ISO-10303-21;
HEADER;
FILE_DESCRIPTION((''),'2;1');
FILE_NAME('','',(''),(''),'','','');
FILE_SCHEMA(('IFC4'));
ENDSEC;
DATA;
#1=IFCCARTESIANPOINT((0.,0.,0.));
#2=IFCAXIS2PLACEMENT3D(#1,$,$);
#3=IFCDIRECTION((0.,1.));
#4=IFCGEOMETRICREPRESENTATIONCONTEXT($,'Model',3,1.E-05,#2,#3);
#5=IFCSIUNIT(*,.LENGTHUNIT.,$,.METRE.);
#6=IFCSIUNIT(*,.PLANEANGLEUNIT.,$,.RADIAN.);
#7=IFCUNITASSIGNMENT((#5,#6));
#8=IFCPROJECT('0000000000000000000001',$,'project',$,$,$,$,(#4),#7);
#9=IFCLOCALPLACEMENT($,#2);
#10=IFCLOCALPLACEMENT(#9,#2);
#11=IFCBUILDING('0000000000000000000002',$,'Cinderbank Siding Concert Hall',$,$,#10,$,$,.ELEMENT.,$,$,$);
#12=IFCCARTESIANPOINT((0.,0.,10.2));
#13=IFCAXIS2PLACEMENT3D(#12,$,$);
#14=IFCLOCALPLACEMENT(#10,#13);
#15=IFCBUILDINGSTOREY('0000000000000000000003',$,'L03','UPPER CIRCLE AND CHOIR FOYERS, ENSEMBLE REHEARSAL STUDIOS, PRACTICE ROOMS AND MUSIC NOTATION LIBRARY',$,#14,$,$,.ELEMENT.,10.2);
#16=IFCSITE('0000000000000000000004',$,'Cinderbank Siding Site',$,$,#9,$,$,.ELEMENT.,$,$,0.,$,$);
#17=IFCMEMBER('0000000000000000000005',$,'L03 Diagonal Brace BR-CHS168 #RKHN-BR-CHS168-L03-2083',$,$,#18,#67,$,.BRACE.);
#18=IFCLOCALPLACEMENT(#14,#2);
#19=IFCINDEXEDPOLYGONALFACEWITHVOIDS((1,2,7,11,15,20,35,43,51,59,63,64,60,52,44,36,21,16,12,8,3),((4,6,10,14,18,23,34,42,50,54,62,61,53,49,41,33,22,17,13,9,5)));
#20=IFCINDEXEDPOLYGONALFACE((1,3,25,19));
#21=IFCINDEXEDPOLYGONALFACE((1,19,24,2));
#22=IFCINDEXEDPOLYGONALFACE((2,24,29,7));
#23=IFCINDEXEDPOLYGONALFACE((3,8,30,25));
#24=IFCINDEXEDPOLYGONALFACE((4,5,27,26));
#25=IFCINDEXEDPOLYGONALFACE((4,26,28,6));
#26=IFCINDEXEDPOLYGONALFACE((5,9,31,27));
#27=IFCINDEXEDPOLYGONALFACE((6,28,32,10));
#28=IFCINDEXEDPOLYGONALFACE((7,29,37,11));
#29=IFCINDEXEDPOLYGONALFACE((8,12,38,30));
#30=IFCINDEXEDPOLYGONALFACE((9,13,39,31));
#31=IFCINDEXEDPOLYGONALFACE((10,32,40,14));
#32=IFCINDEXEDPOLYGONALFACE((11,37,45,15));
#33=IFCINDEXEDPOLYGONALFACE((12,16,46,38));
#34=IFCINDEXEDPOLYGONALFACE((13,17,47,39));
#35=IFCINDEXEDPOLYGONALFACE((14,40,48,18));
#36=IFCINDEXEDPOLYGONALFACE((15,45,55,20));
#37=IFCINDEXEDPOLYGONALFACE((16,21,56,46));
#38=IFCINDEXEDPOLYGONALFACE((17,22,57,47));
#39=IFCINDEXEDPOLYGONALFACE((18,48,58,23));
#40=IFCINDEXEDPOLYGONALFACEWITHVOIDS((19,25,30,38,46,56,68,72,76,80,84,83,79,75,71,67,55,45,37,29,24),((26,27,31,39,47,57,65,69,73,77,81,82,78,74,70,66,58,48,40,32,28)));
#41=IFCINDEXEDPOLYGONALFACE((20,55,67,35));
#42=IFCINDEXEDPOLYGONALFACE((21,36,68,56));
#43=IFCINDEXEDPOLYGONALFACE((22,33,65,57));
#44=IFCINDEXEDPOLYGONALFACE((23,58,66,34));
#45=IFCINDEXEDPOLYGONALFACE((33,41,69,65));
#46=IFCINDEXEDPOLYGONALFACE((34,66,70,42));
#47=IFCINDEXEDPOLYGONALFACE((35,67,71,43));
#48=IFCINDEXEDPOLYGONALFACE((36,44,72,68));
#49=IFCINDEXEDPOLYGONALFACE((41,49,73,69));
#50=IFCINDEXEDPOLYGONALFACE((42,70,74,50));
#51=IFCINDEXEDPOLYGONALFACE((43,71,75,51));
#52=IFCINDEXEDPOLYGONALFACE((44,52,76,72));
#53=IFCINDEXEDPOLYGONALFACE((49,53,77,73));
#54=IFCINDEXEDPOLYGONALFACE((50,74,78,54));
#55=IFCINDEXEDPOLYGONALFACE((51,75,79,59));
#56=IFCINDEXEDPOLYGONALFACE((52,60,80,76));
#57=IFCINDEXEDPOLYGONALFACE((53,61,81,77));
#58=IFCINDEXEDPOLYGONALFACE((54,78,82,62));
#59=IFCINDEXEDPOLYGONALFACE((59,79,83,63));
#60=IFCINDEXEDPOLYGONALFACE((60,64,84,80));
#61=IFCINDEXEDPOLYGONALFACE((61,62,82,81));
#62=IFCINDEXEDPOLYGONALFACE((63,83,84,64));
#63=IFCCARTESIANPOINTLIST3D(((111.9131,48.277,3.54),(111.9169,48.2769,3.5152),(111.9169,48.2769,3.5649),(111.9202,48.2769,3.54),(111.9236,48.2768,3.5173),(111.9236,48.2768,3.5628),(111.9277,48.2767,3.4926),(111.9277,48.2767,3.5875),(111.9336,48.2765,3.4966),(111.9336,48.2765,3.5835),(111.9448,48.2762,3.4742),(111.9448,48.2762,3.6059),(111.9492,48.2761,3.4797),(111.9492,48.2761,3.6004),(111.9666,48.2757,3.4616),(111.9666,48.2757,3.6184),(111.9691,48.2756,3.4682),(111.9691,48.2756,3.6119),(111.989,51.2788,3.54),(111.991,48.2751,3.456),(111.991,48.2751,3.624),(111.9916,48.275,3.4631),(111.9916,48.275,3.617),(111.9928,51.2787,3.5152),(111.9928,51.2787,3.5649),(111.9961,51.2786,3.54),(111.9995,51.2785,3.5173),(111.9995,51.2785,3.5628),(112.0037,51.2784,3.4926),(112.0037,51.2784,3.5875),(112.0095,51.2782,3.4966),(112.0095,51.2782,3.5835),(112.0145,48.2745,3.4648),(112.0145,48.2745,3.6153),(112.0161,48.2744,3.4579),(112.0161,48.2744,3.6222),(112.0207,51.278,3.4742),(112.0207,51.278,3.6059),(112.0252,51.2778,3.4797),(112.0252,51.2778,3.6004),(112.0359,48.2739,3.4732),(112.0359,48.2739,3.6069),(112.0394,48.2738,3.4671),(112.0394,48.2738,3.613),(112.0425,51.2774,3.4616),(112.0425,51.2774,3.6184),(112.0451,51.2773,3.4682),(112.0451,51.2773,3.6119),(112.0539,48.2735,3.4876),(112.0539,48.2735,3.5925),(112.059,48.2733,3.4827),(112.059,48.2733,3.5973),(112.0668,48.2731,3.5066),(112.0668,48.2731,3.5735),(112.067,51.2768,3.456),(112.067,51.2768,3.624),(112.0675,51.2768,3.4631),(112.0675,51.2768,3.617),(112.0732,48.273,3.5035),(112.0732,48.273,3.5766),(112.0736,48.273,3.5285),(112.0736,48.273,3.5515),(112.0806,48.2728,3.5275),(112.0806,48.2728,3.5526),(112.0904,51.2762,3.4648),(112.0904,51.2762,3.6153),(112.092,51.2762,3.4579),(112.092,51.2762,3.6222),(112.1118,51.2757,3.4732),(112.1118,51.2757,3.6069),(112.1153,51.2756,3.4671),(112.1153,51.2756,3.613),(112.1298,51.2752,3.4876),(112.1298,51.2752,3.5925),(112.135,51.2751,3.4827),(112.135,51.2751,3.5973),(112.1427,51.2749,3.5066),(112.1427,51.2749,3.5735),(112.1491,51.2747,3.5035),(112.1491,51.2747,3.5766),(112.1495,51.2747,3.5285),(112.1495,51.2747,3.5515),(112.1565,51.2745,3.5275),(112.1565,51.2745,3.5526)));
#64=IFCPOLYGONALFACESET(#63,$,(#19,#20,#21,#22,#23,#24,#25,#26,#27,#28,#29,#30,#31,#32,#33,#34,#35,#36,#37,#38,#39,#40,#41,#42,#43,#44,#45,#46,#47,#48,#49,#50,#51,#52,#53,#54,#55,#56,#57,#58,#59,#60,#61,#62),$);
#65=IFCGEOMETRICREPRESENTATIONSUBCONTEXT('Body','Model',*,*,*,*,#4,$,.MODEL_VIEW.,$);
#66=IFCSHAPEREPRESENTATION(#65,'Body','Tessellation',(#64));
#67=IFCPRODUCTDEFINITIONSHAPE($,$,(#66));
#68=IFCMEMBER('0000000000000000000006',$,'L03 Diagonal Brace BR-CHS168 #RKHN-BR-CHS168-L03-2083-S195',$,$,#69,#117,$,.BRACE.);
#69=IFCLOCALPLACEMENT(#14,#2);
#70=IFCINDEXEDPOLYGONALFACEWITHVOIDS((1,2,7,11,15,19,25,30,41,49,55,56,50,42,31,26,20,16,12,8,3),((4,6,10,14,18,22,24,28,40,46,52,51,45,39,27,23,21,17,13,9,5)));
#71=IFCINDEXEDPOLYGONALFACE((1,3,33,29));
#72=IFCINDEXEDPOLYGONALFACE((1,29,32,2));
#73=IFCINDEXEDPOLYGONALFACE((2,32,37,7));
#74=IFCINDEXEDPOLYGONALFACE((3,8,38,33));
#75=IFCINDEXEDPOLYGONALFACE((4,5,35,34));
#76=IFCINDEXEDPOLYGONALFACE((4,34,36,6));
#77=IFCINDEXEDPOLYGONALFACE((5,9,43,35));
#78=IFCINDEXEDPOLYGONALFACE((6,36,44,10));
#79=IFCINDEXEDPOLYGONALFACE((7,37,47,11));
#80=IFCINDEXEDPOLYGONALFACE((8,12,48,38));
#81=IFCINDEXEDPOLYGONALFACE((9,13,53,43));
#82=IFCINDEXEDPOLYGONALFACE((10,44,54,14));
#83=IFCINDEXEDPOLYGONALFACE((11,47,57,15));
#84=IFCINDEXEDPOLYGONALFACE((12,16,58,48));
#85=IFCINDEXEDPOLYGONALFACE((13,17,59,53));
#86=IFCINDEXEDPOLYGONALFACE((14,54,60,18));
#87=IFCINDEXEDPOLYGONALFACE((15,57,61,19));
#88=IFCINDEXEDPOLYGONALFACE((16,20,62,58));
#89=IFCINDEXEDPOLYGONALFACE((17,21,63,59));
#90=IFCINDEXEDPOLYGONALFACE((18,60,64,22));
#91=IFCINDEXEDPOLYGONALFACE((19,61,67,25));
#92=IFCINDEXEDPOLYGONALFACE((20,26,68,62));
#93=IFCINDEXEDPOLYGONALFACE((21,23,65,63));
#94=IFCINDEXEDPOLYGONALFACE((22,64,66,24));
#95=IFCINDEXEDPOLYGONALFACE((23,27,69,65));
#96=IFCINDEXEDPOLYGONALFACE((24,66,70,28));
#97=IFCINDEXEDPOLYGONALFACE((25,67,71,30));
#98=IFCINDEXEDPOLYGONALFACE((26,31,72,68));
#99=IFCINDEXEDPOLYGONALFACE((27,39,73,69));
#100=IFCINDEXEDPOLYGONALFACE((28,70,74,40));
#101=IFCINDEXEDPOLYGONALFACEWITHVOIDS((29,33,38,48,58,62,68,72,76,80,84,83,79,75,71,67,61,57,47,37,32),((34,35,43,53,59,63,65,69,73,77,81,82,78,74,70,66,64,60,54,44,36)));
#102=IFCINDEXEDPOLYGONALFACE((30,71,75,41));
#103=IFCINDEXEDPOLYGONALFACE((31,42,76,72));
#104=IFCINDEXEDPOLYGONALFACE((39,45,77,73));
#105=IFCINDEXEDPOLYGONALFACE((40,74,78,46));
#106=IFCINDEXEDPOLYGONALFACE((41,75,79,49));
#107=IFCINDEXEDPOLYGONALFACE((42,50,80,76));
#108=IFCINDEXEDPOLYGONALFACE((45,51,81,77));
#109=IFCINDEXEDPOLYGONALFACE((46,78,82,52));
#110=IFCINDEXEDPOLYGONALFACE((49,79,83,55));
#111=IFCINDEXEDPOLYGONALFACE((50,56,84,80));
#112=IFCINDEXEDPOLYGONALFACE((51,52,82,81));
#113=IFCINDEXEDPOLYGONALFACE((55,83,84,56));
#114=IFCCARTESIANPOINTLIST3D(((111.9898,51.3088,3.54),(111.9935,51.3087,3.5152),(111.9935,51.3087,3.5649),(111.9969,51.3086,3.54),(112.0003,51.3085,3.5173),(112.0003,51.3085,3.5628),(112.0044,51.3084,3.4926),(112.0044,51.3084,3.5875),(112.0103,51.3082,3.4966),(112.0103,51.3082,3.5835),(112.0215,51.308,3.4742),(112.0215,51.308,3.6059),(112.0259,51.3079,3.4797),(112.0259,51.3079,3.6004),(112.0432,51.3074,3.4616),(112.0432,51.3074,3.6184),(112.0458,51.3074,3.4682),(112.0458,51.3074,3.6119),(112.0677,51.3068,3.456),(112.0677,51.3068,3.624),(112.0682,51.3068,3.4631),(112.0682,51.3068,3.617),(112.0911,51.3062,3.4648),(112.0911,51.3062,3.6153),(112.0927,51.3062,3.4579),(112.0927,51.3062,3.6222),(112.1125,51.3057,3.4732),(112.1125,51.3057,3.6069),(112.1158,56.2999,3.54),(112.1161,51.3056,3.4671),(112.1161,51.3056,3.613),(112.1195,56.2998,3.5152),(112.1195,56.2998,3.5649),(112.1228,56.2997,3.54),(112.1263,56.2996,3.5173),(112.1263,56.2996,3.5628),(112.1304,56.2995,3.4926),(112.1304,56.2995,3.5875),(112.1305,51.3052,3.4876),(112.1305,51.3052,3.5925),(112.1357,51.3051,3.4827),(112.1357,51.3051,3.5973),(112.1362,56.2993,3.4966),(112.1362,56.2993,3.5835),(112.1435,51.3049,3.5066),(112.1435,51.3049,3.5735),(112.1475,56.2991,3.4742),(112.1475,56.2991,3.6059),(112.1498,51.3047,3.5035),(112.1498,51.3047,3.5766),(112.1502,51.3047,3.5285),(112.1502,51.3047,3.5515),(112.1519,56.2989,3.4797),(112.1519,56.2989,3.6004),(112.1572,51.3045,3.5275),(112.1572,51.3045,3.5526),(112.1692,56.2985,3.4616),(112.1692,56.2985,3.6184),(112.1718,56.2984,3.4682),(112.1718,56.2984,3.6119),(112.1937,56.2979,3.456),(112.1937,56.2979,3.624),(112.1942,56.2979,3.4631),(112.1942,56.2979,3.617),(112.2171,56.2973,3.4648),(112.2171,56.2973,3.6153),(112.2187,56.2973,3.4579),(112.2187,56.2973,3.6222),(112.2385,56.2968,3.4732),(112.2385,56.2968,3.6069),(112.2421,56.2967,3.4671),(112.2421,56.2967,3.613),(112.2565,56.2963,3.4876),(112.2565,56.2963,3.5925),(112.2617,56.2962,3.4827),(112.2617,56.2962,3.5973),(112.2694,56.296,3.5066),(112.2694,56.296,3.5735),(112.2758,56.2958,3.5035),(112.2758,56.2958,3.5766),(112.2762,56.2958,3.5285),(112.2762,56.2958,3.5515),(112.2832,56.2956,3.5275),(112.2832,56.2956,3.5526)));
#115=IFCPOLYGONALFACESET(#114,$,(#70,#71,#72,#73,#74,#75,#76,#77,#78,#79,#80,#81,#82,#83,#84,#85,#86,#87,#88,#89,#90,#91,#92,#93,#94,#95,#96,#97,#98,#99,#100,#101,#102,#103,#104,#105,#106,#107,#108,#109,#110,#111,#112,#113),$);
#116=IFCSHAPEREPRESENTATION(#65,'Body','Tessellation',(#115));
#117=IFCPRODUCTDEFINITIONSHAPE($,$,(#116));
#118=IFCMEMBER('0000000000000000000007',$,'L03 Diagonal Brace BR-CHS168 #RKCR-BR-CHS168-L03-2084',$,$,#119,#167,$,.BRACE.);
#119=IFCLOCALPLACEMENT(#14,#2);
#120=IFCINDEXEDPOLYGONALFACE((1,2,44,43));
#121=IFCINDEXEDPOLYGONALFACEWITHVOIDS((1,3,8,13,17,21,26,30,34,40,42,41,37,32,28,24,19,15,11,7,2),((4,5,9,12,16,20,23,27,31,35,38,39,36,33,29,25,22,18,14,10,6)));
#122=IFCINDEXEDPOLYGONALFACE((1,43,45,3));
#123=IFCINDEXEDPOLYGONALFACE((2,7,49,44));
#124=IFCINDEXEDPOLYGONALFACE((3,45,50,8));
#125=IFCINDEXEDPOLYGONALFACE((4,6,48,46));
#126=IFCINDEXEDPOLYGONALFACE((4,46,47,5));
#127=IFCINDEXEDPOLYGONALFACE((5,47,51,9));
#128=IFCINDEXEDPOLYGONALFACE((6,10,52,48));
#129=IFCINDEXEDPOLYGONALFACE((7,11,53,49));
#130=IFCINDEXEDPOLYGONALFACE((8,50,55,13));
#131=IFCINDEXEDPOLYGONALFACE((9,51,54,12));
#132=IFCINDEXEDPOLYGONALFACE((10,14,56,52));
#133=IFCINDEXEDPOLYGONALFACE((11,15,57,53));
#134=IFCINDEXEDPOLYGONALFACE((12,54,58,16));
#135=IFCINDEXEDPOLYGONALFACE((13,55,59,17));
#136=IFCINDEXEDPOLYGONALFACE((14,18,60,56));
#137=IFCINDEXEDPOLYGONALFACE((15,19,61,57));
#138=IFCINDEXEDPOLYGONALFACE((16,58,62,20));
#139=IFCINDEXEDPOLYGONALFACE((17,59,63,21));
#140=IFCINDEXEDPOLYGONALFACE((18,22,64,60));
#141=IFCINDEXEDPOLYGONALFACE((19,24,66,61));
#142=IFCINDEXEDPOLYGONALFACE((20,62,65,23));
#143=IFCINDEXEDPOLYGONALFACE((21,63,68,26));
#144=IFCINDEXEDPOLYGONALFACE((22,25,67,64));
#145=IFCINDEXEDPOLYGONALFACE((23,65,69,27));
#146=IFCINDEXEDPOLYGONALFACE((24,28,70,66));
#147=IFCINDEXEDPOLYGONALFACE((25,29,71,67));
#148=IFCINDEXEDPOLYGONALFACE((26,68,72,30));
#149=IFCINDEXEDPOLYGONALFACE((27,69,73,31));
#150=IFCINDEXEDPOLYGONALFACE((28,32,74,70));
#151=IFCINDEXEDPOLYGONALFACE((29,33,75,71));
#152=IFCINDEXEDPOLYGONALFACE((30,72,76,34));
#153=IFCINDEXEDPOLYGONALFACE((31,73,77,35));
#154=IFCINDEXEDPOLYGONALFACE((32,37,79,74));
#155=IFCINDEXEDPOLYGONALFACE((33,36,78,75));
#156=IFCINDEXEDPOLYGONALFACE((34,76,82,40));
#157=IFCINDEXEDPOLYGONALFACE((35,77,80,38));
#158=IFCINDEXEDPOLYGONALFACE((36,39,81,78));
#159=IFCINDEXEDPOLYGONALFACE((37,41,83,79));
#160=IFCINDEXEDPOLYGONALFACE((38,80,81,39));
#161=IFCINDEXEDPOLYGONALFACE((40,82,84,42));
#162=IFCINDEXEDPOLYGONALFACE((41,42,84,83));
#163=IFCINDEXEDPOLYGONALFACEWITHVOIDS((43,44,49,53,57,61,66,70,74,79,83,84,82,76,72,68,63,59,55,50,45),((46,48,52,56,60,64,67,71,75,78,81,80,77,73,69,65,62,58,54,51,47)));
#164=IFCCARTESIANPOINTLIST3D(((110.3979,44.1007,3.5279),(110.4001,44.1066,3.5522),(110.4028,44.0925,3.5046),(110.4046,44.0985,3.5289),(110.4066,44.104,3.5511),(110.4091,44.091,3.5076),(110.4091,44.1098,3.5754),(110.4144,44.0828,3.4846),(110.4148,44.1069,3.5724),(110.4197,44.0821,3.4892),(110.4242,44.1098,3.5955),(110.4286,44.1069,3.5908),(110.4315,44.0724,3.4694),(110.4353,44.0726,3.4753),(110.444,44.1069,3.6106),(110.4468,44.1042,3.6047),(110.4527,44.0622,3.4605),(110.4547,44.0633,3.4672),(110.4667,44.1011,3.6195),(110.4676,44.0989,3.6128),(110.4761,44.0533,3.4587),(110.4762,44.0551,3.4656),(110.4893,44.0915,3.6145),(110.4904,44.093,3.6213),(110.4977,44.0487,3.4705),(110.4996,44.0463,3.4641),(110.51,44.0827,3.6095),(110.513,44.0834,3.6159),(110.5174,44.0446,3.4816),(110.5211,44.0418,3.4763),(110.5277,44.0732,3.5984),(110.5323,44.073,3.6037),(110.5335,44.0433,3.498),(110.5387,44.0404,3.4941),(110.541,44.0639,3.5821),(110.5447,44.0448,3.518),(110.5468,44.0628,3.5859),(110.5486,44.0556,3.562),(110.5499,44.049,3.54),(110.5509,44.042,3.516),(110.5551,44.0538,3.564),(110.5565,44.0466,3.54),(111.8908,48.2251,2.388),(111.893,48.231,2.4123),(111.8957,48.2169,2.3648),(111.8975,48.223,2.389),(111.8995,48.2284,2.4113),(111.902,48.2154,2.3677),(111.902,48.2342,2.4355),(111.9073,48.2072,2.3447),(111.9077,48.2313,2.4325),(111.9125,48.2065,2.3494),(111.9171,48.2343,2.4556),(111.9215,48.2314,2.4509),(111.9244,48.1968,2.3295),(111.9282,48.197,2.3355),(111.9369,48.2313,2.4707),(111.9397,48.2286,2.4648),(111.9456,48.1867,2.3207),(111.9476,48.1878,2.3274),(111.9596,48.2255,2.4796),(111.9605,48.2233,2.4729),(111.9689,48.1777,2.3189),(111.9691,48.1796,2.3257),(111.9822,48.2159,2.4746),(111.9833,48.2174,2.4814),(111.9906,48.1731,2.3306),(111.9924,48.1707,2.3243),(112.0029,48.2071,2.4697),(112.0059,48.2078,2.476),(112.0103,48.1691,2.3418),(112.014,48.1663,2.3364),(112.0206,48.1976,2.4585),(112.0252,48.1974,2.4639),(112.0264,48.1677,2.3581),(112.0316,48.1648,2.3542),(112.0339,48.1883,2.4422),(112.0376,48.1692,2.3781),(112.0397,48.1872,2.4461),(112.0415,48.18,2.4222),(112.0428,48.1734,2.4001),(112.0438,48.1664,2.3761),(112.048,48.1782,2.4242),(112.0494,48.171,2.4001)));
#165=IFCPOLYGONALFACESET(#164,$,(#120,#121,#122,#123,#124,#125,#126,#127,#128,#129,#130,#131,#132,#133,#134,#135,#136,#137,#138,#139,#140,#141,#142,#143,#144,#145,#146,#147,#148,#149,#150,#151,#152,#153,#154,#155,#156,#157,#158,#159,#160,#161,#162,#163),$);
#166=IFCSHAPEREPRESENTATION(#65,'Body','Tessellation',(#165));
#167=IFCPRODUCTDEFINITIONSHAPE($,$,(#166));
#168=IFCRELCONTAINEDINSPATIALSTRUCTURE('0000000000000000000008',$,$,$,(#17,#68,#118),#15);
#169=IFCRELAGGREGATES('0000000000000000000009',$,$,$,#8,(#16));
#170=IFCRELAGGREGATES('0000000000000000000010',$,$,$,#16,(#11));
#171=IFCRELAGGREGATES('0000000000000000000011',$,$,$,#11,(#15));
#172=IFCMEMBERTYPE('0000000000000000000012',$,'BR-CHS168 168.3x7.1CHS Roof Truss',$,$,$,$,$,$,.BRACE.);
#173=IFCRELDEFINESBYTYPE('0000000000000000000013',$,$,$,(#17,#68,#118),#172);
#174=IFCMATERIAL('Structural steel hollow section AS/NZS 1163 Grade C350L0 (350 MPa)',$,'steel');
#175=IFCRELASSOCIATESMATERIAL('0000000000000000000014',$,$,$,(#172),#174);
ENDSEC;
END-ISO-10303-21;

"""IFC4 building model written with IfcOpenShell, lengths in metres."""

from ifc_helpers import new_model, si_unit, direction, frame, origin, origin_2d, place, context, subcontext, project, spatial, hollow_circle, extrude, material, material_profile, profile_set, type_object, element, save


model = new_model("IFC4")

# Units and contexts
model_context = context("Model", 3, precision=1e-05, world=origin(), true_north=direction((0.0, 1.0)))
body_context = subcontext(model_context, "Body", "Model", "MODEL_VIEW")
ifc_project = project(units=[si_unit("LENGTHUNIT", "METRE"), si_unit("PLANEANGLEUNIT", "RADIAN")], contexts=[model_context])

# Site, building, storey
site_placement = place(None, origin())
site = spatial("IfcSite", under=ifc_project, at=site_placement, Name="Cinderbank Siding Site", CompositionType="ELEMENT", RefElevation=0.0)
building_placement = place(site_placement, origin())
building = spatial("IfcBuilding", under=site, at=building_placement, Name="Cinderbank Siding Concert Hall", CompositionType="ELEMENT")
storey_placement = place(building_placement, frame((0.0, 0.0, 10.2)))
storey = spatial("IfcBuildingStorey", under=building, at=storey_placement, Name="L03", Description="UPPER CIRCLE AND CHOIR FOYERS, ENSEMBLE REHEARSAL STUDIOS, PRACTICE ROOMS AND MUSIC NOTATION LIBRARY", CompositionType="ELEMENT", Elevation=10.2)

# Shared definitions
ifc_material_1 = material(Name="Structural steel hollow section AS/NZS 1163 Grade C350L0 (350 MPa)", Category="steel")

# Members
ifc_material_profile_1 = material_profile(ifc_material_1, hollow_circle(Radius=0.0842, WallThickness=0.0071, at=origin_2d()), Name="168.3x7.1CHS", Category="LoadBearing")
ifc_profile_set_1 = profile_set([ifc_material_profile_1], Name="Structural steel hollow section AS/NZS 1163 Grade C350L0 (350 MPa)")
member_type_1 = type_object("IfcMemberType", Name="BR-CHS168 168.3x7.1CHS Roof Truss", PredefinedType="BRACE", material=ifc_profile_set_1)
member_1_placement = place(storey_placement, frame((111.9973, 48.2749, 3.54), z_axis=(0.025287, 0.99968, 0.0), x_axis=(-0.99968, 0.025287, 0.0)))
element("IfcMember", 1, at=member_1_placement, inside=storey, type_object=member_type_1, Name="L03 Diagonal Brace BR-CHS168 #RKHN-BR-CHS168-L03-2083", PredefinedType="BRACE", context=body_context, shape_type="SweptSolid", body=[
    extrude(hollow_circle(Radius=0.0842, WallThickness=0.0071, at=origin_2d()), origin(), (0.0, 0.0, 1.0), 3.0027),
])
member_2_placement = place(storey_placement, frame((112.074, 51.3066, 3.54), z_axis=(0.025233, 0.999682, 0.0), x_axis=(-0.999682, 0.025233, 0.0)))
element("IfcMember", 2, at=member_2_placement, inside=storey, type_object=member_type_1, Name="L03 Diagonal Brace BR-CHS168 #RKHN-BR-CHS168-L03-2083-S195", PredefinedType="BRACE", context=body_context, shape_type="SweptSolid", body=[
    extrude(hollow_circle(Radius=0.0842, WallThickness=0.0071, at=origin_2d()), origin(), (0.0, 0.0, 1.0), 4.9927),
])
member_3_placement = place(storey_placement, frame((111.9702, 48.1997, 2.4001), z_axis=(-0.329412, -0.91007, 0.251516), x_axis=(0.940298, -0.340353, 0.0)))
element("IfcMember", 3, at=member_3_placement, inside=storey, type_object=member_type_1, Name="L03 Diagonal Brace BR-CHS168 #RKCR-BR-CHS168-L03-2084", PredefinedType="BRACE", context=body_context, shape_type="SweptSolid", body=[
    extrude(hollow_circle(Radius=0.0842, WallThickness=0.0071, at=origin_2d()), origin(), (0.0, 0.0, 1.0), 4.532),
])

save(model, "model.ifc")
